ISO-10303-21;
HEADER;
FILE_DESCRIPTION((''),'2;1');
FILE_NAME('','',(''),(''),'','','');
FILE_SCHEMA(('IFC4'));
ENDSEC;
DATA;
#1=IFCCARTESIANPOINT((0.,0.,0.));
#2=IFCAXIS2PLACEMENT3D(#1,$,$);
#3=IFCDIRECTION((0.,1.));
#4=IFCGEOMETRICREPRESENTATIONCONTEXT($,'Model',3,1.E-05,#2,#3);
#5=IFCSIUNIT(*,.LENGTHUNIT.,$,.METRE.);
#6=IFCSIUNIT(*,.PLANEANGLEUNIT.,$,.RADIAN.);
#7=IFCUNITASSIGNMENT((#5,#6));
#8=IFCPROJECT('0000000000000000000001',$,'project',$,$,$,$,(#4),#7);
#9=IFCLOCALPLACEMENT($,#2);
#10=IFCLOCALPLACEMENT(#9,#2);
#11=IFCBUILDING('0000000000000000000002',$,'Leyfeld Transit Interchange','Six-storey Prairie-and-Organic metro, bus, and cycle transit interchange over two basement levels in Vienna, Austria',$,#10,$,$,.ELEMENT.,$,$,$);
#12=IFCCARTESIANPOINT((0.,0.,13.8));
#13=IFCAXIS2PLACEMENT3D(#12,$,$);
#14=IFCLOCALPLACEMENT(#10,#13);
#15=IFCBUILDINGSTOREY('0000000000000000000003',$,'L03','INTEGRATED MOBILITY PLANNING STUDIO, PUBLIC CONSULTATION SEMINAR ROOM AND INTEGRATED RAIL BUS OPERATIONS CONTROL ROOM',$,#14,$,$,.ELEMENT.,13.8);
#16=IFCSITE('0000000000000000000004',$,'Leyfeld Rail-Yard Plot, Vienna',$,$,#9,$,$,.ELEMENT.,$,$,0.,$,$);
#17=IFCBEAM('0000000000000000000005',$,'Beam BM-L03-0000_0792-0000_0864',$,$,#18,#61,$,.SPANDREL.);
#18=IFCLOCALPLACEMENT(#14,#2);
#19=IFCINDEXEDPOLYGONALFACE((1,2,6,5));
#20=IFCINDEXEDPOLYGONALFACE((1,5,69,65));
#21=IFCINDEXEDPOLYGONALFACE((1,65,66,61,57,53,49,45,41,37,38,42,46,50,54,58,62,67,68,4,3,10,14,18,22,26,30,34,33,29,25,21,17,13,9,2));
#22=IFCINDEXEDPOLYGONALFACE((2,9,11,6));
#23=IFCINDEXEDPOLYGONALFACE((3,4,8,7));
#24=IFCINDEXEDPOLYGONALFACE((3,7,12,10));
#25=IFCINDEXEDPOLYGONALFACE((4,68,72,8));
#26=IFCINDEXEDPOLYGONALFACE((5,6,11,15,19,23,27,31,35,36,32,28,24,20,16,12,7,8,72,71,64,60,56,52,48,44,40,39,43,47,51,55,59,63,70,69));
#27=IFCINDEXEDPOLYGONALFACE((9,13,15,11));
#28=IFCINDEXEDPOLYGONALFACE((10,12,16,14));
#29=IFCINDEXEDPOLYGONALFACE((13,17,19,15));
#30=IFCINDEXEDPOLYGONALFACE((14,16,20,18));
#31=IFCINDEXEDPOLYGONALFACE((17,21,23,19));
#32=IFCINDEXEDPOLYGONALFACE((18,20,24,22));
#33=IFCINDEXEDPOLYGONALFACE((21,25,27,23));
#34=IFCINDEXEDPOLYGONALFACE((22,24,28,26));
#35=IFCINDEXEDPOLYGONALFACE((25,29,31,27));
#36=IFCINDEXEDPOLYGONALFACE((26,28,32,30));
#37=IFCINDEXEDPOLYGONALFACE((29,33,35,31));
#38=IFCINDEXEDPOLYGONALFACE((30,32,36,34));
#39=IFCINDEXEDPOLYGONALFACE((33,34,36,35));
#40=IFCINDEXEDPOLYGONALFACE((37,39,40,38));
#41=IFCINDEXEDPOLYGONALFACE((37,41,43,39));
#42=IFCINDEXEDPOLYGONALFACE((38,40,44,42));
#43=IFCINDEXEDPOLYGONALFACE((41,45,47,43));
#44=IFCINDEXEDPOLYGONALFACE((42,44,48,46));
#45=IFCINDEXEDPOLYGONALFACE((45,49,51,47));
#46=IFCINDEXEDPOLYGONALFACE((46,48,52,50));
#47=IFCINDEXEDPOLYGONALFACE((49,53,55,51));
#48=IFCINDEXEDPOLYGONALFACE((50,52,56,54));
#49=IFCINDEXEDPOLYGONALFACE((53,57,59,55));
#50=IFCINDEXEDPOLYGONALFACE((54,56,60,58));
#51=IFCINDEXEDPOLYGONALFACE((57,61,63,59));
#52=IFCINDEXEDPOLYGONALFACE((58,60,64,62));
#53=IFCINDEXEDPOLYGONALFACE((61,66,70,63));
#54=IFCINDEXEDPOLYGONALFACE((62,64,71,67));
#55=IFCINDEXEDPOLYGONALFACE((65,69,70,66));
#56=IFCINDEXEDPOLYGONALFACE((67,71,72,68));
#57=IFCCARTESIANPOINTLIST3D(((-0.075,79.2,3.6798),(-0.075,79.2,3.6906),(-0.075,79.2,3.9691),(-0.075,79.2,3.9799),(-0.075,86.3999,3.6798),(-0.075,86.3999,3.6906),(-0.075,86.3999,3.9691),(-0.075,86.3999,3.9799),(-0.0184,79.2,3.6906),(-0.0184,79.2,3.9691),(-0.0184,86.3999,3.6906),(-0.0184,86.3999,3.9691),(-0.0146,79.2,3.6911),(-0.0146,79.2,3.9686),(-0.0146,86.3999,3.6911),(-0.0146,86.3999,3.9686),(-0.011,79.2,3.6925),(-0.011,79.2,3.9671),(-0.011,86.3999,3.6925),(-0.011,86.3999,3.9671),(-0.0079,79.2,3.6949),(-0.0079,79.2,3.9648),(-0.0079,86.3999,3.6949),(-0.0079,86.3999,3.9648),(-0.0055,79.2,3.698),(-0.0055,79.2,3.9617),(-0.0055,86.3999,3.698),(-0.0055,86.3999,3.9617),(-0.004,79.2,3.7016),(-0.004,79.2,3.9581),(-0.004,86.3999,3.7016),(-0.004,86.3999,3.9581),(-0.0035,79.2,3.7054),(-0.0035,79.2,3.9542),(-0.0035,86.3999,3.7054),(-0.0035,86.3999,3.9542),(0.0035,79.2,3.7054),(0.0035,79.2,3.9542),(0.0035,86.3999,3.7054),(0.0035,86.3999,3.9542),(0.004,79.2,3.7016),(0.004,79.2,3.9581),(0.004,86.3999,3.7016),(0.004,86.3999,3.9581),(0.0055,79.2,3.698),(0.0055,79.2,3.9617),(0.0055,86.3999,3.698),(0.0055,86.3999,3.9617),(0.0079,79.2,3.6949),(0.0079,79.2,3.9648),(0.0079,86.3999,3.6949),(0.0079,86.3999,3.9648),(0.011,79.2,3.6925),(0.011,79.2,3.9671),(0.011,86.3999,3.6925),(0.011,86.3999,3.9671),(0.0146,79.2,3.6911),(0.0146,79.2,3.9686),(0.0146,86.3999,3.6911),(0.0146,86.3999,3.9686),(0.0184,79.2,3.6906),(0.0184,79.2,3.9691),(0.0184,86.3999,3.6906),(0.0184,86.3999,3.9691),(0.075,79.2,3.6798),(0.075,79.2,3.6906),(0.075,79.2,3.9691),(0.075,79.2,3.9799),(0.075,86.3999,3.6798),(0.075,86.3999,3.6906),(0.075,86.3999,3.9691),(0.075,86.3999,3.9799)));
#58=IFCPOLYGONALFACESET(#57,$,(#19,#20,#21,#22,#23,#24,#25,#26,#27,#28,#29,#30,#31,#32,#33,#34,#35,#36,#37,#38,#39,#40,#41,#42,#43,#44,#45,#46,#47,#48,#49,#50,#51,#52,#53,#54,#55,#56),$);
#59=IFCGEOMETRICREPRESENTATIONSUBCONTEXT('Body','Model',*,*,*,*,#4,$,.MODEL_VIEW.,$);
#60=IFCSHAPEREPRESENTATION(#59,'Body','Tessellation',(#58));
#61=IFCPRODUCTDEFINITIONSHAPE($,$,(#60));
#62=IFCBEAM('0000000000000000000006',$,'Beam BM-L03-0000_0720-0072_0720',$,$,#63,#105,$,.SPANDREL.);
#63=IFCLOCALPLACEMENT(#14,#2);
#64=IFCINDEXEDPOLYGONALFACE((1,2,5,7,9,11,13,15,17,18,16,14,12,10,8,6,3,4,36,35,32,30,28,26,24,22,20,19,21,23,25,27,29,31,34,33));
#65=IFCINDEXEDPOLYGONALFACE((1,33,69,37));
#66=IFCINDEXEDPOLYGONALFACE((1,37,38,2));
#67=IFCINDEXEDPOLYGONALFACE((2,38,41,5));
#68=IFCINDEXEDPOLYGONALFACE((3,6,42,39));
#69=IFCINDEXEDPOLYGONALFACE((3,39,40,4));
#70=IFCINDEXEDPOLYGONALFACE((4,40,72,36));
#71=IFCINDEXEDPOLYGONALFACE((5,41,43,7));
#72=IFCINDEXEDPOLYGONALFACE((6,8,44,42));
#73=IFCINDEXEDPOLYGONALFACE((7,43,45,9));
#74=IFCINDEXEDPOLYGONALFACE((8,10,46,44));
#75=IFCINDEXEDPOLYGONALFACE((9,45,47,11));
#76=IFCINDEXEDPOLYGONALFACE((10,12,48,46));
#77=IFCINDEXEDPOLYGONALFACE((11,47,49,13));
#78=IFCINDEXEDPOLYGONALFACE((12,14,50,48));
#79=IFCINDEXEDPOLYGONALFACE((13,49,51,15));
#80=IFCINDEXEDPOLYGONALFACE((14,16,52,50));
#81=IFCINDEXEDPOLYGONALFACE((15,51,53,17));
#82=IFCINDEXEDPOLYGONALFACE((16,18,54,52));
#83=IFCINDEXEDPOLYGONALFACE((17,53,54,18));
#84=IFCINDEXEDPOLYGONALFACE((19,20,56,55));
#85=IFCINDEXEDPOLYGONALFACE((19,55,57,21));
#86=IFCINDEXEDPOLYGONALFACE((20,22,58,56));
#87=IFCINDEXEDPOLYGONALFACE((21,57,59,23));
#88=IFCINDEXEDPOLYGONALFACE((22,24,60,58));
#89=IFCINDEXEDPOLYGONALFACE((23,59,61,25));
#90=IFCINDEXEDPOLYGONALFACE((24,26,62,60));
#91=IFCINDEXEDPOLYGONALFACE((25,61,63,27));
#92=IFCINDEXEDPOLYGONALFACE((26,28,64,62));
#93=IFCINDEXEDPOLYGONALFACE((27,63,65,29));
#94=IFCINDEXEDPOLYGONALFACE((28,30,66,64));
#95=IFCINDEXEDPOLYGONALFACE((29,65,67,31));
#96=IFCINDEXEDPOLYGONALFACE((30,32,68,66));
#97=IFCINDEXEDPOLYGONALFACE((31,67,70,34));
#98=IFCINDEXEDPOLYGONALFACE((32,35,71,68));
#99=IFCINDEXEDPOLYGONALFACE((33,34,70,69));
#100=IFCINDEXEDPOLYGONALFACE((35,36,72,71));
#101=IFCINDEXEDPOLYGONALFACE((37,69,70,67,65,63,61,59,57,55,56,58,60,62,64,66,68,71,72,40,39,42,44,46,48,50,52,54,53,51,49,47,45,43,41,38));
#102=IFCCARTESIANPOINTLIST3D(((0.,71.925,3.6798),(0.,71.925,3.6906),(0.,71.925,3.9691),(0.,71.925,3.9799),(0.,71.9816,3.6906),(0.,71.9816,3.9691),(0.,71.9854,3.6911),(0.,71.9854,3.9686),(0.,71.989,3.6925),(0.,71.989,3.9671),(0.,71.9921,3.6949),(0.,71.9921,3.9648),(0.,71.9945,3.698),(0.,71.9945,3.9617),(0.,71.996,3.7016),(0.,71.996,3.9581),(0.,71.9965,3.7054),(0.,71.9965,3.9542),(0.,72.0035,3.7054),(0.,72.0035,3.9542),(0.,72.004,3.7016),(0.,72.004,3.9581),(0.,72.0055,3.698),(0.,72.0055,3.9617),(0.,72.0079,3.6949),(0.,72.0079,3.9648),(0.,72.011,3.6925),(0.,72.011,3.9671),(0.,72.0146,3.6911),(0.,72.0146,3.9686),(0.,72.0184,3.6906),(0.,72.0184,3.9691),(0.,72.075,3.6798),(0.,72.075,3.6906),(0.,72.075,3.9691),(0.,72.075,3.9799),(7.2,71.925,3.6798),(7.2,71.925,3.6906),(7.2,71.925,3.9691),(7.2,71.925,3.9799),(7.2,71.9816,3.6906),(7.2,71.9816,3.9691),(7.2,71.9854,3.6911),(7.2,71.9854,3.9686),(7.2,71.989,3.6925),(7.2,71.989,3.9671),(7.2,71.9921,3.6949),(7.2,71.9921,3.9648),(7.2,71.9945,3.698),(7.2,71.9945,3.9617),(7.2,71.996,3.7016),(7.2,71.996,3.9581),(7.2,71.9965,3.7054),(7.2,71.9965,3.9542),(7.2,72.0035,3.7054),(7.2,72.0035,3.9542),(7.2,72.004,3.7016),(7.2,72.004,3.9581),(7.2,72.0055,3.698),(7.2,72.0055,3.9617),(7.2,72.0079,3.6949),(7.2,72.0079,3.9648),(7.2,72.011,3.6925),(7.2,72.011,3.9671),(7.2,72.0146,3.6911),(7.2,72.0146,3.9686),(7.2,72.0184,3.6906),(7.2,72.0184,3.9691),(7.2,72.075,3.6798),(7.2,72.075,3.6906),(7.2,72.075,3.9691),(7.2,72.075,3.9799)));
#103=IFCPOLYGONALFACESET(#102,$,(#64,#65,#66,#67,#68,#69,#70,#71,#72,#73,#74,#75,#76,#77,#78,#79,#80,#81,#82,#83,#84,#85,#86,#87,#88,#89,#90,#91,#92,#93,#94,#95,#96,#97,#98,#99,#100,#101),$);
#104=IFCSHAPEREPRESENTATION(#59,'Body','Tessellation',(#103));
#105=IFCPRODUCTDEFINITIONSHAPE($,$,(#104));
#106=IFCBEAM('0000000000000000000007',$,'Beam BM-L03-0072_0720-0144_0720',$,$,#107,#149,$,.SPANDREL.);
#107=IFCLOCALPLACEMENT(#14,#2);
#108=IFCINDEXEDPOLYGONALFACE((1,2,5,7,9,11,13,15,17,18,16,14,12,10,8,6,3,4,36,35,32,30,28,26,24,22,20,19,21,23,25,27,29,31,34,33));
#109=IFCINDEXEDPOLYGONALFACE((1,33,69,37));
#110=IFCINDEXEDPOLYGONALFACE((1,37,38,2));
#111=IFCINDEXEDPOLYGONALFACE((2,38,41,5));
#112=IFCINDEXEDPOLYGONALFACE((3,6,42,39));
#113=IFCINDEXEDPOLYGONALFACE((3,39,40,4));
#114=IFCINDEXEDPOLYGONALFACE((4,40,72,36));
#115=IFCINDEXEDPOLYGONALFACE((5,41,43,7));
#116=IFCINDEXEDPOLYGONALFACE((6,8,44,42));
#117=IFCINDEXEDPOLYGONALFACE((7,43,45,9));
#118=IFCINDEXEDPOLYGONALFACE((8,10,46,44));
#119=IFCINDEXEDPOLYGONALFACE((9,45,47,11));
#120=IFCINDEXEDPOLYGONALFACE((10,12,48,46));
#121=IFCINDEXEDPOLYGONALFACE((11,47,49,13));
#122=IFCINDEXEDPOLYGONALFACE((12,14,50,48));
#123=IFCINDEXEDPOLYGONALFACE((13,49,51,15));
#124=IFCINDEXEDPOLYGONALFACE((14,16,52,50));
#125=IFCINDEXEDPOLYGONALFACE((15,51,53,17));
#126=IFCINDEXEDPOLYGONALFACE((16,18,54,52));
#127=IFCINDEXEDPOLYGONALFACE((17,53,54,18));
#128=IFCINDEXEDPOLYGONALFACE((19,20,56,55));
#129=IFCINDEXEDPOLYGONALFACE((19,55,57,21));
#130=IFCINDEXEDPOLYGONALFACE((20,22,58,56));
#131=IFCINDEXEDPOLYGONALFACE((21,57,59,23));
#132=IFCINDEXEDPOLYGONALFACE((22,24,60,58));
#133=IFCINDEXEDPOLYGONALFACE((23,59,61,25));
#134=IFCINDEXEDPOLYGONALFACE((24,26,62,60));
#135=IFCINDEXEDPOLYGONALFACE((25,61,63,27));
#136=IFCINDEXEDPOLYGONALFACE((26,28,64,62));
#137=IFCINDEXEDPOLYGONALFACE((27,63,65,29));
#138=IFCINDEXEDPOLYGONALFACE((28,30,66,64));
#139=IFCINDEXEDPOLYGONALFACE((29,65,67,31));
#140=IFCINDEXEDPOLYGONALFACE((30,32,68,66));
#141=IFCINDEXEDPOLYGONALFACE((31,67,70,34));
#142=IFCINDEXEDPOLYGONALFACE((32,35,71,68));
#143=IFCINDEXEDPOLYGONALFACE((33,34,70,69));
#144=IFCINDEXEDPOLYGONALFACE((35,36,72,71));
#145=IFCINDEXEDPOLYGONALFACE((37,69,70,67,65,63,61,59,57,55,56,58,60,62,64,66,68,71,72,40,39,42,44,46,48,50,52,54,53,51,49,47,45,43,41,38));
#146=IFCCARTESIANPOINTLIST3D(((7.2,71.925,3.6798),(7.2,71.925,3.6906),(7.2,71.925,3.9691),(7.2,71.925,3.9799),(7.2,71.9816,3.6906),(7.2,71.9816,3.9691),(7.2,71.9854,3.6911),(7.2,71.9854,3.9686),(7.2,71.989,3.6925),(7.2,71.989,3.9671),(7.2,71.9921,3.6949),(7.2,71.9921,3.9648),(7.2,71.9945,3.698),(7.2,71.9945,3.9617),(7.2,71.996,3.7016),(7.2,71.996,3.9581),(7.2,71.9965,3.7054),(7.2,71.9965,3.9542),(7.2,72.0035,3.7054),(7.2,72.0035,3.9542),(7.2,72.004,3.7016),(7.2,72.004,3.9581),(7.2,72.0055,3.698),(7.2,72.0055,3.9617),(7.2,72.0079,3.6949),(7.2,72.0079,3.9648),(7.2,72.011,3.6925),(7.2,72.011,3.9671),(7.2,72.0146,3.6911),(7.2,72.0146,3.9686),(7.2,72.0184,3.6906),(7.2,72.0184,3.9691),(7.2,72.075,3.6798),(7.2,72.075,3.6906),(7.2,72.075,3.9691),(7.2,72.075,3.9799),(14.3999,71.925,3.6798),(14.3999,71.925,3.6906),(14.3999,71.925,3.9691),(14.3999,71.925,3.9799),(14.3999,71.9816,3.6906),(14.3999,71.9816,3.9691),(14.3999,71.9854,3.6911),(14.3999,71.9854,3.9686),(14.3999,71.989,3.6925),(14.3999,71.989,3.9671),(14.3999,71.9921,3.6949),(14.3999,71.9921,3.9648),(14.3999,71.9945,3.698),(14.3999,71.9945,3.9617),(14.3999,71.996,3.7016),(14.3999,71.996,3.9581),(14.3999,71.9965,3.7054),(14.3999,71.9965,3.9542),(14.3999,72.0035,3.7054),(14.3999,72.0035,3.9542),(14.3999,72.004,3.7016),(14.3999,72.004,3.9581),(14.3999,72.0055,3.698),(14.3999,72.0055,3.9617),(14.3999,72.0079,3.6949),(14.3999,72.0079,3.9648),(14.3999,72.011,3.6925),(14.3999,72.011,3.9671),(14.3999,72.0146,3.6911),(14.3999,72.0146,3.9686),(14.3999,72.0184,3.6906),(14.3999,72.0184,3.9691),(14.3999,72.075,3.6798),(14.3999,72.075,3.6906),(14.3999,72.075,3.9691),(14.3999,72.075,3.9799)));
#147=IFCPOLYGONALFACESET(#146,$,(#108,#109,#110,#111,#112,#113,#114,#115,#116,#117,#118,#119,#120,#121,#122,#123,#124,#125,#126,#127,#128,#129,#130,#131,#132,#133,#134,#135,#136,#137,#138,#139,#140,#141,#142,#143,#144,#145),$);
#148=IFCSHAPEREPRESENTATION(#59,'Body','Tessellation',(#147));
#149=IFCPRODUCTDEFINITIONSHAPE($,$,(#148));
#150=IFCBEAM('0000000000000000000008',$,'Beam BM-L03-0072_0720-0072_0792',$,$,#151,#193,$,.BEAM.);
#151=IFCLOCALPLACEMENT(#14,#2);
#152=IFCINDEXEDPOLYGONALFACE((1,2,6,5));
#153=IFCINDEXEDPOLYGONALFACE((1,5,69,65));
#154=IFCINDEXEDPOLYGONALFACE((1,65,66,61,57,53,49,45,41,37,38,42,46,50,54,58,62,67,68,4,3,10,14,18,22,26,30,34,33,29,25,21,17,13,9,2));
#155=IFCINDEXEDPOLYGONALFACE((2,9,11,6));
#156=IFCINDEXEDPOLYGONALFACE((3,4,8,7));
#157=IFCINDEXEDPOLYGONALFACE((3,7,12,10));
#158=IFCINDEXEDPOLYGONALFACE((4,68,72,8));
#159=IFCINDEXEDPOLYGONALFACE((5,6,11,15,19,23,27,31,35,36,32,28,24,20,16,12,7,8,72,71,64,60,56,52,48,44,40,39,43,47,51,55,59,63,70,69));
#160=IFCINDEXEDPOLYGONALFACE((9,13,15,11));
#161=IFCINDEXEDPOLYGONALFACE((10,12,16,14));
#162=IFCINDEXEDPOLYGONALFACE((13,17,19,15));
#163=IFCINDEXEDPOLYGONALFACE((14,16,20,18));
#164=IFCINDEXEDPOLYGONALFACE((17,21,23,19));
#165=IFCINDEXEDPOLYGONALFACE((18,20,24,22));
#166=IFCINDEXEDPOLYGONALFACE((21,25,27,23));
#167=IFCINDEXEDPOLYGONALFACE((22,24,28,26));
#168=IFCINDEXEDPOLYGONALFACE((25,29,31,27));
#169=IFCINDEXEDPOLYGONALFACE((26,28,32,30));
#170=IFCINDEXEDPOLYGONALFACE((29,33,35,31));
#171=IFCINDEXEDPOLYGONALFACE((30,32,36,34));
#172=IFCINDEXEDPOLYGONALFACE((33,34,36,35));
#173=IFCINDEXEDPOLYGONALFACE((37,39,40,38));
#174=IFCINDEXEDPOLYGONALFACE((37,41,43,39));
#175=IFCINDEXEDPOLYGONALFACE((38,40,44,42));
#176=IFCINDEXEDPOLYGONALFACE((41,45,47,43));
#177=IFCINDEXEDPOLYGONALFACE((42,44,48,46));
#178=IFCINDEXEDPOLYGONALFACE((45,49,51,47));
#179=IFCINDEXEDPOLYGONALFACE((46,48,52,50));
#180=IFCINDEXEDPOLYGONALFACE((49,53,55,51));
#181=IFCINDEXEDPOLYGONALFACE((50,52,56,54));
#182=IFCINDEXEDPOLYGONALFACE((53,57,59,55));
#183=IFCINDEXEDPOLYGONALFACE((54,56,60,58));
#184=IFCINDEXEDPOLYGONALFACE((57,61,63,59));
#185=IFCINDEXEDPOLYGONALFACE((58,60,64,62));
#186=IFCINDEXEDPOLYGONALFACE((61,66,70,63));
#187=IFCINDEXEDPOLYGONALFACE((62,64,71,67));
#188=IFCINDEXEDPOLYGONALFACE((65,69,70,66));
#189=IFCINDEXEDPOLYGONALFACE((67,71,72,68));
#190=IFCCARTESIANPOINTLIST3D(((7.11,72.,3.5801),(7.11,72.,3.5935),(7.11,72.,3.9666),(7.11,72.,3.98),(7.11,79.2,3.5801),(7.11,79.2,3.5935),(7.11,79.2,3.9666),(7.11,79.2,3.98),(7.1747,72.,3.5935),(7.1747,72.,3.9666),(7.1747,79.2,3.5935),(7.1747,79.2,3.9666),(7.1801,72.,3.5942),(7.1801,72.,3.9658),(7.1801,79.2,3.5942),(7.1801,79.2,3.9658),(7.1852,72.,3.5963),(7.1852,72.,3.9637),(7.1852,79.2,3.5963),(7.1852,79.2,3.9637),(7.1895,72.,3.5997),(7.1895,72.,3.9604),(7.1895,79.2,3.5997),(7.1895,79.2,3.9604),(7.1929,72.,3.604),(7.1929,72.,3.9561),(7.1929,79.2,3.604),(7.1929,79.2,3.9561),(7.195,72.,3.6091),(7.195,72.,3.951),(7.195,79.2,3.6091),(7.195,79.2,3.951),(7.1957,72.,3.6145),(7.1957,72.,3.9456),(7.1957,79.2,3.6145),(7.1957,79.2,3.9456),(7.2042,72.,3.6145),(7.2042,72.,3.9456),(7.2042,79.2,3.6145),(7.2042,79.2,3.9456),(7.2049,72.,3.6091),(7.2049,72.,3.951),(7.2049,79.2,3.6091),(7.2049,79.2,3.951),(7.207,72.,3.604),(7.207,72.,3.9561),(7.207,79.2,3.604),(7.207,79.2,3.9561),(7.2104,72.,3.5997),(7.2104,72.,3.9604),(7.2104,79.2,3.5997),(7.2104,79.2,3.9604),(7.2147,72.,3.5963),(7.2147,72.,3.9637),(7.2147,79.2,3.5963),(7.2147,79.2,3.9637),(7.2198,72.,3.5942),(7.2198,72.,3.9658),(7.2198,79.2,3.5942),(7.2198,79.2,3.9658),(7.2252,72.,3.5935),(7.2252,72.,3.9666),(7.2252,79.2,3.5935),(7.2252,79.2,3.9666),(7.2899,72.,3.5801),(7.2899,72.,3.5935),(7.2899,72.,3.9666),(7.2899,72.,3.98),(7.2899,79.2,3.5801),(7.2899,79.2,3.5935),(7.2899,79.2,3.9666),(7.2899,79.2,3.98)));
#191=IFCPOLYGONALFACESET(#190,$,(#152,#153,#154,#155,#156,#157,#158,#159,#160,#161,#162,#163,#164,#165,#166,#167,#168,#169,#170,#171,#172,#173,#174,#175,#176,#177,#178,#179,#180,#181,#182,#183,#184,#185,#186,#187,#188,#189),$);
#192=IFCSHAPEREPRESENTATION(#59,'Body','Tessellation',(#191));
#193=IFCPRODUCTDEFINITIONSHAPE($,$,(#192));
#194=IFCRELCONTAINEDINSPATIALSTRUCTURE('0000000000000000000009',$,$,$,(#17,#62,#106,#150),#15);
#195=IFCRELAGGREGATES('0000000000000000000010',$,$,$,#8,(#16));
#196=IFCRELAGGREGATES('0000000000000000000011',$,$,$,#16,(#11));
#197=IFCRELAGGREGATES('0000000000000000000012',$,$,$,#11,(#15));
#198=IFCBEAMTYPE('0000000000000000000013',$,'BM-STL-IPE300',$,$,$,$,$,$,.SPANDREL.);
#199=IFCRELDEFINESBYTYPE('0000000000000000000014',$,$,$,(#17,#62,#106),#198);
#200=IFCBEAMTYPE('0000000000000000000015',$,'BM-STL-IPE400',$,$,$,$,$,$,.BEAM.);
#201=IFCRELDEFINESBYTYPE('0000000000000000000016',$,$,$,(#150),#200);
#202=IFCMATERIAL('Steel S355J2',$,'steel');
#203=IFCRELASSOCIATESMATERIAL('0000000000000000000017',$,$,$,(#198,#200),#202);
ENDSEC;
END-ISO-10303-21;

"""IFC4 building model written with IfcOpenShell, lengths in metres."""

from ifc_helpers import new_model, si_unit, direction, frame, origin, origin_2d, place, context, subcontext, project, spatial, i_section, extrude, material, material_profile, profile_set, type_object, element, save


model = new_model("IFC4")

# Units and contexts
model_context = context("Model", 3, precision=1e-05, world=origin(), true_north=direction((0.0, 1.0)))
body_context = subcontext(model_context, "Body", "Model", "MODEL_VIEW")
ifc_project = project(units=[si_unit("LENGTHUNIT", "METRE"), si_unit("PLANEANGLEUNIT", "RADIAN")], contexts=[model_context])

# Site, building, storey
site_placement = place(None, origin())
site = spatial("IfcSite", under=ifc_project, at=site_placement, Name="Leyfeld Rail-Yard Plot, Vienna", CompositionType="ELEMENT", RefElevation=0.0)
building_placement = place(site_placement, origin())
building = spatial("IfcBuilding", under=site, at=building_placement, Name="Leyfeld Transit Interchange", Description="Six-storey Prairie-and-Organic metro, bus, and cycle transit interchange over two basement levels in Vienna, Austria", CompositionType="ELEMENT")
storey_placement = place(building_placement, frame((0.0, 0.0, 13.8)))
storey = spatial("IfcBuildingStorey", under=building, at=storey_placement, Name="L03", Description="INTEGRATED MOBILITY PLANNING STUDIO, PUBLIC CONSULTATION SEMINAR ROOM AND INTEGRATED RAIL BUS OPERATIONS CONTROL ROOM", CompositionType="ELEMENT", Elevation=13.8)

# Shared definitions
ifc_material_1 = material(Name="Steel S355J2", Category="steel")

# Beams
ifc_material_profile_1 = material_profile(ifc_material_1, i_section(OverallWidth=0.1499, OverallDepth=0.3, WebThickness=0.0071, FlangeThickness=0.0107, FilletRadius=0.0149, at=origin_2d()), Name="IPE 300")
ifc_profile_set_1 = profile_set([ifc_material_profile_1], Name="Steel S355J2")
beam_type_1 = type_object("IfcBeamType", Name="BM-STL-IPE300", PredefinedType="SPANDREL", material=ifc_profile_set_1)
for number, where, z_axis, x_axis, name in (
    (1, (0.0, 79.2, 3.8298), (0.0, 1.0, 0.0), (-1.0, 0.0, 0.0), "Beam BM-L03-0000_0792-0000_0864"),
    (2, (0.0, 72.0, 3.8298), (1.0, 0.0, 0.0), (0.0, 1.0, 0.0), "Beam BM-L03-0000_0720-0072_0720"),
    (3, (7.2, 72.0, 3.8298), (1.0, 0.0, 0.0), (0.0, 1.0, 0.0), "Beam BM-L03-0072_0720-0144_0720"),
):
    element("IfcBeam", number, at=place(storey_placement, frame(where, z_axis=z_axis, x_axis=x_axis)), inside=storey, type_object=beam_type_1, Name=name, PredefinedType="SPANDREL", context=body_context, shape_type="SweptSolid", body=[
        extrude(i_section(OverallWidth=0.1499, OverallDepth=0.3, WebThickness=0.0071, FlangeThickness=0.0107, FilletRadius=0.0149, at=origin_2d()), origin(), (0.0, 0.0, 1.0), 7.2),
    ])
ifc_material_profile_2 = material_profile(ifc_material_1, i_section(OverallWidth=0.1799, OverallDepth=0.3999, WebThickness=0.0085, FlangeThickness=0.0134, FilletRadius=0.021, at=origin_2d()), Name="IPE 400")
ifc_profile_set_2 = profile_set([ifc_material_profile_2], Name="Steel S355J2")
beam_type_2 = type_object("IfcBeamType", Name="BM-STL-IPE400", PredefinedType="BEAM", material=ifc_profile_set_2)
beam_1_placement = place(storey_placement, frame((7.2, 72.0, 3.78), z_axis=(0.0, 1.0, 0.0), x_axis=(-1.0, 0.0, 0.0)))
element("IfcBeam", 4, at=beam_1_placement, inside=storey, type_object=beam_type_2, Name="Beam BM-L03-0072_0720-0072_0792", PredefinedType="BEAM", context=body_context, shape_type="SweptSolid", body=[
    extrude(i_section(OverallWidth=0.1799, OverallDepth=0.3999, WebThickness=0.0085, FlangeThickness=0.0134, FilletRadius=0.021, at=origin_2d()), origin(), (0.0, 0.0, 1.0), 7.2),
])

save(model, "model.ifc")
